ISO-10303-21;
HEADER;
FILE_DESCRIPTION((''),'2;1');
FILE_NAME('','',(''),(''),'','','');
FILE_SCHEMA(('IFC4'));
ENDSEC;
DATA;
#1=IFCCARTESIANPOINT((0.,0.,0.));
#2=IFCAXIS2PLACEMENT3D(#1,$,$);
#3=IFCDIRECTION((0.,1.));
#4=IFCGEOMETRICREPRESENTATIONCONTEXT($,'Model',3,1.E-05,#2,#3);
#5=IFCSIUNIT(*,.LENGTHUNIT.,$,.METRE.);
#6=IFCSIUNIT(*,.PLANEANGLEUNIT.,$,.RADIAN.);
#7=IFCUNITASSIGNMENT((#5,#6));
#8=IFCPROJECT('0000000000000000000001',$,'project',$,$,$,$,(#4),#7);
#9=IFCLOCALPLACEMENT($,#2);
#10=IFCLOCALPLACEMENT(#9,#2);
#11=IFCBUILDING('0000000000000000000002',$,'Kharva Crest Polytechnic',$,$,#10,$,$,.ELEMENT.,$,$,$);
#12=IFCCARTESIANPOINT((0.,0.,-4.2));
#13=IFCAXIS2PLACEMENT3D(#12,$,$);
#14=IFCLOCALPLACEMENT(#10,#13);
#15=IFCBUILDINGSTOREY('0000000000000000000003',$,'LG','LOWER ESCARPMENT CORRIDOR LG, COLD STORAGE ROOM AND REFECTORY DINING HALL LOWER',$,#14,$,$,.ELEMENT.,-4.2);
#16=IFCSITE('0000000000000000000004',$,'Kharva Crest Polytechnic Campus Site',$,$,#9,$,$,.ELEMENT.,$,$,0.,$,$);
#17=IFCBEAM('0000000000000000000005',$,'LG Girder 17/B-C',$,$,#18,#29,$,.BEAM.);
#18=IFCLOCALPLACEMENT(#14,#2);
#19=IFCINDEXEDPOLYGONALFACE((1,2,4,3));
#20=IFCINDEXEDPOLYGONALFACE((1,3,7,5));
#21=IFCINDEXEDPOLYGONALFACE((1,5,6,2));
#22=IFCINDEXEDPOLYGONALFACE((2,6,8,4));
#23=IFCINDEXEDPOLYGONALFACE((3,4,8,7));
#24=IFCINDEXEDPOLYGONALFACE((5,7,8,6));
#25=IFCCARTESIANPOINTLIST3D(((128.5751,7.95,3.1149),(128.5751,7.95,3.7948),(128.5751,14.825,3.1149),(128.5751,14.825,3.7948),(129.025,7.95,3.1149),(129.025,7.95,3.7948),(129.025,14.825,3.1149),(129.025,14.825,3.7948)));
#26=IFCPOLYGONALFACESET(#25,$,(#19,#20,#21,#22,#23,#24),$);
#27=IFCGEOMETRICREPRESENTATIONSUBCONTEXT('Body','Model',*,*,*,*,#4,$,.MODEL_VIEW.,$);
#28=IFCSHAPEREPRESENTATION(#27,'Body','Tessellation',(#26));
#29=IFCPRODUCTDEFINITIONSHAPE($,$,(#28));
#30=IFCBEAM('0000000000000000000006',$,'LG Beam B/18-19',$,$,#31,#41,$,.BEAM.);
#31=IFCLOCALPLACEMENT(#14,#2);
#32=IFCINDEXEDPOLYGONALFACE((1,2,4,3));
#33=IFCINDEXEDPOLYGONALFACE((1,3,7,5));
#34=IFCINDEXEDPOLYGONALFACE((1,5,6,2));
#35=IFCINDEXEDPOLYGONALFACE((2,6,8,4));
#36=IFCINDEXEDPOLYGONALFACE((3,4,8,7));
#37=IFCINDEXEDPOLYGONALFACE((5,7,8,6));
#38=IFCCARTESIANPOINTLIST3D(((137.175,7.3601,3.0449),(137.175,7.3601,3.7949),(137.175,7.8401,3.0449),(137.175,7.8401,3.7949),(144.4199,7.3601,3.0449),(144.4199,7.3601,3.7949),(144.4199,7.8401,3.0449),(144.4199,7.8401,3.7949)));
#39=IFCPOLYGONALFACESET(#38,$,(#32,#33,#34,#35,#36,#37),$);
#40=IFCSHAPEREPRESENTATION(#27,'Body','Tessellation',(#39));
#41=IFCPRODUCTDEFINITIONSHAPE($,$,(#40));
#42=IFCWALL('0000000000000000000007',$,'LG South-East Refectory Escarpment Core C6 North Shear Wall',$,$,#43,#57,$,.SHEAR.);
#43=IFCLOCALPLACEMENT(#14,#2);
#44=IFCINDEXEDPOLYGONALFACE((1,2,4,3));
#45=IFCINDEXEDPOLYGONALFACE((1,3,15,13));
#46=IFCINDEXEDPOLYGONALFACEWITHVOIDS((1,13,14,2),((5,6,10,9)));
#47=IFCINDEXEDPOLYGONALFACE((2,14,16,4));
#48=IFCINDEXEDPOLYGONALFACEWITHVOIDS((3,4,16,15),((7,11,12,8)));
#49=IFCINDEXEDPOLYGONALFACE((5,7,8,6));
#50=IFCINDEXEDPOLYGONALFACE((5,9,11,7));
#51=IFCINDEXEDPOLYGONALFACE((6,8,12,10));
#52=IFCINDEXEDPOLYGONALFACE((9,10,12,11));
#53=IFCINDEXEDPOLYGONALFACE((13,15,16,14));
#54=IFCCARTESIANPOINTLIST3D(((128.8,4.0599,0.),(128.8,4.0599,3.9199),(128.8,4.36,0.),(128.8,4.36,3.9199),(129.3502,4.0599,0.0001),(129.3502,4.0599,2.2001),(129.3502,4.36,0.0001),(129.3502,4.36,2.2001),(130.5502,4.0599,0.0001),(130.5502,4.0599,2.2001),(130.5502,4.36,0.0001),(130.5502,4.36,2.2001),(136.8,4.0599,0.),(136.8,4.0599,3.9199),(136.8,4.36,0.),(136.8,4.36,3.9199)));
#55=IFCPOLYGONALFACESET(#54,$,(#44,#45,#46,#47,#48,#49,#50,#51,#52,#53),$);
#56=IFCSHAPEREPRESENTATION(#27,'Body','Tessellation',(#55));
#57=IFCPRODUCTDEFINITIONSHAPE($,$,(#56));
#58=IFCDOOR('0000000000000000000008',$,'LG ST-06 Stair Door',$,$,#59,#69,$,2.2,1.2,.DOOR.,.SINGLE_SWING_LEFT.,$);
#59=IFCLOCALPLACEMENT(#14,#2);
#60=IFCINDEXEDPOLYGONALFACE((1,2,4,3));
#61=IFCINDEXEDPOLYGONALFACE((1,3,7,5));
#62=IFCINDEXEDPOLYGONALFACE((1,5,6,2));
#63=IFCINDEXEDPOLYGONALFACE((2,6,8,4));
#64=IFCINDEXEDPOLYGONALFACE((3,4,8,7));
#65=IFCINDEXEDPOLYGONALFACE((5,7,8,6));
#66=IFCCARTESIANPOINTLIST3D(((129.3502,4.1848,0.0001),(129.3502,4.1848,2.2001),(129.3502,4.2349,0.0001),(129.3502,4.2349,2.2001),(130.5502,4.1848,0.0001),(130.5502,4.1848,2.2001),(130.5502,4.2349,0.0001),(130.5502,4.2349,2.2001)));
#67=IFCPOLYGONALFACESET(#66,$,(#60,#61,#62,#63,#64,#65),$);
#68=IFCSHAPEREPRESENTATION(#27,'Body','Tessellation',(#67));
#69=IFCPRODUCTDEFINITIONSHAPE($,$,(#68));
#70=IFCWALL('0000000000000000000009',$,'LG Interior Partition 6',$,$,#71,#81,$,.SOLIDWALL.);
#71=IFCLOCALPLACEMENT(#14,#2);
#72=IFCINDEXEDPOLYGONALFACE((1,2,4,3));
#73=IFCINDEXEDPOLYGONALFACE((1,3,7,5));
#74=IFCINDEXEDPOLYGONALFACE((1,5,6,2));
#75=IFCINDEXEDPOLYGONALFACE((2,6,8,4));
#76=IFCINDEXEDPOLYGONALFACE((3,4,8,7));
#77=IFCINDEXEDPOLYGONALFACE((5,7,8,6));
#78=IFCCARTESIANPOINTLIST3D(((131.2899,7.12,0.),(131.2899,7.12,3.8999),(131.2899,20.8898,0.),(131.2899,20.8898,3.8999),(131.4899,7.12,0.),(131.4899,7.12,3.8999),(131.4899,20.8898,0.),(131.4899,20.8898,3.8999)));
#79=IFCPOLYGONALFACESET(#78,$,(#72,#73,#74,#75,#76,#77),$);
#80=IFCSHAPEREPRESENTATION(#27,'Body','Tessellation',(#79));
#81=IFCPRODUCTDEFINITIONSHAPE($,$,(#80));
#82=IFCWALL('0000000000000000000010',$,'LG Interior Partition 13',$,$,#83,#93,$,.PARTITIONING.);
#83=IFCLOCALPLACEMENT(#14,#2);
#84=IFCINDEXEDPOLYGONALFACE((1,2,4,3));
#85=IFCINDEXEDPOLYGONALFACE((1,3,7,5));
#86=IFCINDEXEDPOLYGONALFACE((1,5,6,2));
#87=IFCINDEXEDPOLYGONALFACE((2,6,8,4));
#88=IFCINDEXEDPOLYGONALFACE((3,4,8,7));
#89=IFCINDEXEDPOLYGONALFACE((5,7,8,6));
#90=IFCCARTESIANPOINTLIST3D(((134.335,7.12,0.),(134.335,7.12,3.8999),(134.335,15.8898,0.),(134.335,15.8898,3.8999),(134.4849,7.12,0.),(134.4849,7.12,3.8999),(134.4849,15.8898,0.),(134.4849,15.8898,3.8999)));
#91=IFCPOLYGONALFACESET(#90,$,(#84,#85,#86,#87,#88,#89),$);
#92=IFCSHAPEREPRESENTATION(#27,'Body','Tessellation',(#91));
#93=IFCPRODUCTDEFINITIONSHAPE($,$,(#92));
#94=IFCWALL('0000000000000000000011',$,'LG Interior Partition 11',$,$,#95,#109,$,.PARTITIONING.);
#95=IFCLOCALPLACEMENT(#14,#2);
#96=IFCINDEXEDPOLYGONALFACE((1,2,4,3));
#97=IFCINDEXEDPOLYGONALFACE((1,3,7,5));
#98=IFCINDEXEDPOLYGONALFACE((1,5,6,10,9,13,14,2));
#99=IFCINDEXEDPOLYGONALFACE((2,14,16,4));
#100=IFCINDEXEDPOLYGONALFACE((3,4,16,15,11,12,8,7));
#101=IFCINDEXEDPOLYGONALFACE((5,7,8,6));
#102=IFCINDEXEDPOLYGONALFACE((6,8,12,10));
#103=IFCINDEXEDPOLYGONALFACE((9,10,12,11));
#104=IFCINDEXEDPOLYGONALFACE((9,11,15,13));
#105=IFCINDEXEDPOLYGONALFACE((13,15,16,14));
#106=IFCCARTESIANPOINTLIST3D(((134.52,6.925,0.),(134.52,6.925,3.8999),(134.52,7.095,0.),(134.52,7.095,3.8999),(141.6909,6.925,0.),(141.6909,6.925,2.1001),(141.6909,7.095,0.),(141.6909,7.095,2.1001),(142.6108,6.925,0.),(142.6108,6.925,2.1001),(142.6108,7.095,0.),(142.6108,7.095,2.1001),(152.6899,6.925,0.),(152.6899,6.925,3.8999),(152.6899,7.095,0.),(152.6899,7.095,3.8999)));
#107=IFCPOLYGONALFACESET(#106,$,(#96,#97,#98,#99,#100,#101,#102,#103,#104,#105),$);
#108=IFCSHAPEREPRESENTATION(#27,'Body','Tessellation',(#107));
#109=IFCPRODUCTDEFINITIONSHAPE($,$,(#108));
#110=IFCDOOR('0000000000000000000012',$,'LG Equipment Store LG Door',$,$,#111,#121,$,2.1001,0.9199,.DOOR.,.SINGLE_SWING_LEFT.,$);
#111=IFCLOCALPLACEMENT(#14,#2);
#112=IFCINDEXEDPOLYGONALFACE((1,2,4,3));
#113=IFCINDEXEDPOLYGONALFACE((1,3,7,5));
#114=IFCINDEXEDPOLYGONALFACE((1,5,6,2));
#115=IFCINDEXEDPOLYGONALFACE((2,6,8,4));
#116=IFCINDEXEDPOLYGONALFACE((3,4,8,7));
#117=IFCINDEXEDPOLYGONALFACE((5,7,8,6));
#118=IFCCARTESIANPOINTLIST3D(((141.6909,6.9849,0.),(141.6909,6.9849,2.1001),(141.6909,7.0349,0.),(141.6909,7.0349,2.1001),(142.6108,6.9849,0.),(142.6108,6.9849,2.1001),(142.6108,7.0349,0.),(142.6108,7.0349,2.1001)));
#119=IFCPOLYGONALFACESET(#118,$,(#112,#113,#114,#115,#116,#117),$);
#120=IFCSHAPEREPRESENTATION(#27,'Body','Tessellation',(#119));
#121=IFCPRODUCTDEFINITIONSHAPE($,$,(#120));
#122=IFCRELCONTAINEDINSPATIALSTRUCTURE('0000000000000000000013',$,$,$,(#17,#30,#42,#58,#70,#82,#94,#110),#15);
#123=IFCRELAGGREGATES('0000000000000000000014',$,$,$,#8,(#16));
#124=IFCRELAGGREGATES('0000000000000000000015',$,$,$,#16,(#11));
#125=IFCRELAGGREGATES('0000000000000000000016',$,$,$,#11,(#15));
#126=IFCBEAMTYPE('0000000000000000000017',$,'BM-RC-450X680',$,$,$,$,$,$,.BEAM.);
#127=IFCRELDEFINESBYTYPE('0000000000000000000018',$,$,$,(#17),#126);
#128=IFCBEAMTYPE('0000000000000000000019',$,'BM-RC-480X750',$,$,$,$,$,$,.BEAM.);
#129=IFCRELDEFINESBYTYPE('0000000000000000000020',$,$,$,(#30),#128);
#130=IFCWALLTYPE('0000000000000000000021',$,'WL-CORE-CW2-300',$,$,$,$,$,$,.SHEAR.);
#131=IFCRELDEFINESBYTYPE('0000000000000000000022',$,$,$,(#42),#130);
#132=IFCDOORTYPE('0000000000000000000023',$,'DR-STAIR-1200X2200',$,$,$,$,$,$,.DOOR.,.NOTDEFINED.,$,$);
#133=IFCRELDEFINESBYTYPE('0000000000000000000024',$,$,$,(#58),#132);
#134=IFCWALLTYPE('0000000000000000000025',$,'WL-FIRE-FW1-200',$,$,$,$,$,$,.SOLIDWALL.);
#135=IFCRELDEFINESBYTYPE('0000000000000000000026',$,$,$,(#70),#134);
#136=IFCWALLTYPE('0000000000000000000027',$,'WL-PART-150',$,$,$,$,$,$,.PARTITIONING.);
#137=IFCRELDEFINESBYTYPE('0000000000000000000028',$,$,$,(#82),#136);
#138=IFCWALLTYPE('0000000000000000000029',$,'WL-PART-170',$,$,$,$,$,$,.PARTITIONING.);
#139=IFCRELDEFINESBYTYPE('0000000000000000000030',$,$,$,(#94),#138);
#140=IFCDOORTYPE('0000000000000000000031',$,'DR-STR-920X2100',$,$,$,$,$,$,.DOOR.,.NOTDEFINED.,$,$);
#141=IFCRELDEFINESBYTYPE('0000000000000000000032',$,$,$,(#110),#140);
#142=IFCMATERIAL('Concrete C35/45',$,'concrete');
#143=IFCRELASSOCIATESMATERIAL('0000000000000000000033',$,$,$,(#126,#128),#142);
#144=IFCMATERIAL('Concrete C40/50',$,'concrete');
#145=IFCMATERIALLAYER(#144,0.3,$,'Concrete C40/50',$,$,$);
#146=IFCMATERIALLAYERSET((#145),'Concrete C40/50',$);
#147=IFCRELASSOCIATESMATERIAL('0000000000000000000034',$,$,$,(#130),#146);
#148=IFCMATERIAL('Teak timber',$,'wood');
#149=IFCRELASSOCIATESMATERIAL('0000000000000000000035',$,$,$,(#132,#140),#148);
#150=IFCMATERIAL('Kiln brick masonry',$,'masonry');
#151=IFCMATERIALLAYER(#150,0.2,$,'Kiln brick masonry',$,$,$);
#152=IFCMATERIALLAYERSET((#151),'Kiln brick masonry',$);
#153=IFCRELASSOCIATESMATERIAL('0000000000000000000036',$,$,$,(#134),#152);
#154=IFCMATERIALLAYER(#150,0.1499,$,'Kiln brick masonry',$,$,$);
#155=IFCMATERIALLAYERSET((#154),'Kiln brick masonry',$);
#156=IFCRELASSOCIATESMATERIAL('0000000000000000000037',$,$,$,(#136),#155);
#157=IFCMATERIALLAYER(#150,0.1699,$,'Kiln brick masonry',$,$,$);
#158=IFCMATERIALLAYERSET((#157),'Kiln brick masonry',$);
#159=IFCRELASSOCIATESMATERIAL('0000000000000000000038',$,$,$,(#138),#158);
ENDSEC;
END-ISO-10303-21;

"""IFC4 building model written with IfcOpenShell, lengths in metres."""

from ifc_helpers import new_model, si_unit, direction, frame, frame_2d, origin, origin_2d, place, context, subcontext, project, spatial, rectangle, extrude, material, layer, layer_set, material_profile, profile_set, type_object, element, fill, save


model = new_model("IFC4")

# Units and contexts
model_context = context("Model", 3, precision=1e-05, world=origin(), true_north=direction((0.0, 1.0)))
body_context = subcontext(model_context, "Body", "Model", "MODEL_VIEW")
ifc_project = project(units=[si_unit("LENGTHUNIT", "METRE"), si_unit("PLANEANGLEUNIT", "RADIAN")], contexts=[model_context])

# Site, building, storey
site_placement = place(None, origin())
site = spatial("IfcSite", under=ifc_project, at=site_placement, Name="Kharva Crest Polytechnic Campus Site", CompositionType="ELEMENT", RefElevation=0.0)
building_placement = place(site_placement, origin())
building = spatial("IfcBuilding", under=site, at=building_placement, Name="Kharva Crest Polytechnic", CompositionType="ELEMENT")
storey_placement = place(building_placement, frame((0.0, 0.0, -4.2)))
storey = spatial("IfcBuildingStorey", under=building, at=storey_placement, Name="LG", Description="LOWER ESCARPMENT CORRIDOR LG, COLD STORAGE ROOM AND REFECTORY DINING HALL LOWER", CompositionType="ELEMENT", Elevation=-4.2)

# Shared definitions
ifc_material_1 = material(Name="Concrete C35/45", Category="concrete")

# Shared definitions
ifc_material_2 = material(Name="Concrete C40/50", Category="concrete")

# Beams
ifc_material_profile_1 = material_profile(ifc_material_1, rectangle(XDim=0.45, YDim=0.6799, at=origin_2d()), Name="RECT 450 X 680")
ifc_profile_set_1 = profile_set([ifc_material_profile_1], Name="Concrete C35/45")
beam_type_1 = type_object("IfcBeamType", Name="BM-RC-450X680", PredefinedType="BEAM", material=ifc_profile_set_1)
beam_1_placement = place(storey_placement, frame((128.8, 7.95, 3.4548), z_axis=(0.0, 1.0, 0.0), x_axis=(-1.0, 0.0, 0.0)))
element("IfcBeam", 1, at=beam_1_placement, inside=storey, type_object=beam_type_1, Name="LG Girder 17/B-C", PredefinedType="BEAM", context=body_context, shape_type="SweptSolid", body=[
    extrude(rectangle(XDim=0.45, YDim=0.6799, at=origin_2d()), origin(), (0.0, 0.0, 1.0), 6.875),
])
ifc_material_profile_2 = material_profile(ifc_material_1, rectangle(XDim=0.48, YDim=0.75, at=origin_2d()), Name="RECT 480 X 750")
ifc_profile_set_2 = profile_set([ifc_material_profile_2], Name="Concrete C35/45")
beam_type_2 = type_object("IfcBeamType", Name="BM-RC-480X750", PredefinedType="BEAM", material=ifc_profile_set_2)
beam_2_placement = place(storey_placement, frame((137.175, 7.6001, 3.4199), z_axis=(1.0, 0.0, 0.0), x_axis=(0.0, 1.0, 0.0)))
element("IfcBeam", 2, at=beam_2_placement, inside=storey, type_object=beam_type_2, Name="LG Beam B/18-19", PredefinedType="BEAM", context=body_context, shape_type="SweptSolid", body=[
    extrude(rectangle(XDim=0.48, YDim=0.75, at=origin_2d()), origin(), (0.0, 0.0, 1.0), 7.2449),
])

# Wall, opening, door
ifc_layer_1 = layer(ifc_material_2, 0.3, Name="Concrete C40/50")
ifc_layer_set_1 = layer_set([ifc_layer_1], Name="Concrete C40/50")
wall_type_1 = type_object("IfcWallType", Name="WL-CORE-CW2-300", PredefinedType="SHEAR", material=ifc_layer_set_1)
wall_1_placement = place(storey_placement, frame((128.8, 4.21, 0.0), z_axis=(0.0, 0.0, 1.0), x_axis=(1.0, 0.0, 0.0)))
wall_1 = element("IfcWall", 3, at=wall_1_placement, inside=storey, type_object=wall_type_1, Name="LG South-East Refectory Escarpment Core C6 North Shear Wall", PredefinedType="SHEAR", context=body_context, shape_type="SweptSolid", body=[
    extrude(rectangle(XDim=8.0, YDim=0.3, at=frame_2d((4.0, 0.0))), origin(), (0.0, 0.0, 1.0), 3.9199),
])
opening_1_placement = place(wall_1_placement, frame((0.55, 0.0, 0.0)))
opening_1 = element("IfcOpeningElement", 4, at=opening_1_placement, cuts=wall_1, PredefinedType="OPENING", context=body_context, shape_type="SweptSolid", body=[
    extrude(rectangle(XDim=1.2, YDim=2.2, at=frame_2d((0.6001, 1.1001))), frame((0.0, 0.1599, 0.0), z_axis=(0.0, -1.0, 0.0), x_axis=(1.0, 0.0, 0.0)), (0.0, 0.0, 1.0), 0.3201),
])
ifc_material_3 = material(Name="Teak timber", Category="wood")
door_type_1 = type_object("IfcDoorType", Name="DR-STAIR-1200X2200", OperationType="NOTDEFINED", PredefinedType="DOOR", material=ifc_material_3)
door_1_placement = place(opening_1_placement, origin())
door_1 = element("IfcDoor", 5, at=door_1_placement, inside=storey, type_object=door_type_1, Name="LG ST-06 Stair Door", OperationType="SINGLE_SWING_LEFT", OverallHeight=2.2, OverallWidth=1.2, PredefinedType="DOOR", context=body_context, shape_type="SweptSolid", body=[
    extrude(rectangle(XDim=1.2, YDim=2.2, at=frame_2d((0.6001, 1.1001))), frame((0.0, 0.0249, 0.0), z_axis=(0.0, -1.0, 0.0), x_axis=(1.0, 0.0, 0.0)), (0.0, 0.0, 1.0), 0.05),
])
fill(opening_1, door_1)

# Walls
ifc_material_4 = material(Name="Kiln brick masonry", Category="masonry")
ifc_layer_2 = layer(ifc_material_4, 0.2, Name="Kiln brick masonry")
ifc_layer_set_2 = layer_set([ifc_layer_2], Name="Kiln brick masonry")
wall_type_2 = type_object("IfcWallType", Name="WL-FIRE-FW1-200", PredefinedType="SOLIDWALL", material=ifc_layer_set_2)
wall_2_placement = place(storey_placement, frame((131.3899, 7.1201, 0.0), z_axis=(0.0, 0.0, 1.0), x_axis=(0.0, 1.0, 0.0)))
element("IfcWall", 6, at=wall_2_placement, inside=storey, type_object=wall_type_2, Name="LG Interior Partition 6", PredefinedType="SOLIDWALL", context=body_context, shape_type="SweptSolid", body=[
    extrude(rectangle(XDim=13.7698, YDim=0.2, at=frame_2d((6.8848, 0.0))), origin(), (0.0, 0.0, 1.0), 3.8999),
])
ifc_layer_3 = layer(ifc_material_4, 0.1499, Name="Kiln brick masonry")
ifc_layer_set_3 = layer_set([ifc_layer_3], Name="Kiln brick masonry")
wall_type_3 = type_object("IfcWallType", Name="WL-PART-150", PredefinedType="PARTITIONING", material=ifc_layer_set_3)
wall_3_placement = place(storey_placement, frame((134.4099, 7.1201, 0.0), z_axis=(0.0, 0.0, 1.0), x_axis=(0.0, 1.0, 0.0)))
element("IfcWall", 7, at=wall_3_placement, inside=storey, type_object=wall_type_3, Name="LG Interior Partition 13", PredefinedType="PARTITIONING", context=body_context, shape_type="SweptSolid", body=[
    extrude(rectangle(XDim=8.7698, YDim=0.1499, at=frame_2d((4.3848, 0.0))), origin(), (0.0, 0.0, 1.0), 3.8999),
])

# Wall, opening, door
ifc_layer_4 = layer(ifc_material_4, 0.1699, Name="Kiln brick masonry")
ifc_layer_set_4 = layer_set([ifc_layer_4], Name="Kiln brick masonry")
wall_type_4 = type_object("IfcWallType", Name="WL-PART-170", PredefinedType="PARTITIONING", material=ifc_layer_set_4)
wall_4_placement = place(storey_placement, frame((134.52, 7.01, 0.0), z_axis=(0.0, 0.0, 1.0), x_axis=(1.0, 0.0, 0.0)))
wall_4 = element("IfcWall", 8, at=wall_4_placement, inside=storey, type_object=wall_type_4, Name="LG Interior Partition 11", PredefinedType="PARTITIONING", context=body_context, shape_type="SweptSolid", body=[
    extrude(rectangle(XDim=18.1699, YDim=0.1699, at=frame_2d((9.085, 0.0))), origin(), (0.0, 0.0, 1.0), 3.8999),
])
opening_2_placement = place(wall_4_placement, frame((7.1709, 0.0, 0.0)))
opening_2 = element("IfcOpeningElement", 9, at=opening_2_placement, cuts=wall_4, PredefinedType="OPENING", context=body_context, shape_type="SweptSolid", body=[
    extrude(rectangle(XDim=0.9199, YDim=2.1001, at=frame_2d((0.46, 1.05))), frame((0.0, 0.095, 0.0), z_axis=(0.0, -1.0, 0.0), x_axis=(1.0, 0.0, 0.0)), (0.0, 0.0, 1.0), 0.1899),
])
door_type_2 = type_object("IfcDoorType", Name="DR-STR-920X2100", OperationType="NOTDEFINED", PredefinedType="DOOR", material=ifc_material_3)
door_2_placement = place(opening_2_placement, origin())
door_2 = element("IfcDoor", 10, at=door_2_placement, inside=storey, type_object=door_type_2, Name="LG Equipment Store LG Door", OperationType="SINGLE_SWING_LEFT", OverallHeight=2.1001, OverallWidth=0.9199, PredefinedType="DOOR", context=body_context, shape_type="SweptSolid", body=[
    extrude(rectangle(XDim=0.9199, YDim=2.1001, at=frame_2d((0.46, 1.05))), frame((0.0, 0.0249, 0.0), z_axis=(0.0, -1.0, 0.0), x_axis=(1.0, 0.0, 0.0)), (0.0, 0.0, 1.0), 0.05),
])
fill(opening_2, door_2)

save(model, "model.ifc")
